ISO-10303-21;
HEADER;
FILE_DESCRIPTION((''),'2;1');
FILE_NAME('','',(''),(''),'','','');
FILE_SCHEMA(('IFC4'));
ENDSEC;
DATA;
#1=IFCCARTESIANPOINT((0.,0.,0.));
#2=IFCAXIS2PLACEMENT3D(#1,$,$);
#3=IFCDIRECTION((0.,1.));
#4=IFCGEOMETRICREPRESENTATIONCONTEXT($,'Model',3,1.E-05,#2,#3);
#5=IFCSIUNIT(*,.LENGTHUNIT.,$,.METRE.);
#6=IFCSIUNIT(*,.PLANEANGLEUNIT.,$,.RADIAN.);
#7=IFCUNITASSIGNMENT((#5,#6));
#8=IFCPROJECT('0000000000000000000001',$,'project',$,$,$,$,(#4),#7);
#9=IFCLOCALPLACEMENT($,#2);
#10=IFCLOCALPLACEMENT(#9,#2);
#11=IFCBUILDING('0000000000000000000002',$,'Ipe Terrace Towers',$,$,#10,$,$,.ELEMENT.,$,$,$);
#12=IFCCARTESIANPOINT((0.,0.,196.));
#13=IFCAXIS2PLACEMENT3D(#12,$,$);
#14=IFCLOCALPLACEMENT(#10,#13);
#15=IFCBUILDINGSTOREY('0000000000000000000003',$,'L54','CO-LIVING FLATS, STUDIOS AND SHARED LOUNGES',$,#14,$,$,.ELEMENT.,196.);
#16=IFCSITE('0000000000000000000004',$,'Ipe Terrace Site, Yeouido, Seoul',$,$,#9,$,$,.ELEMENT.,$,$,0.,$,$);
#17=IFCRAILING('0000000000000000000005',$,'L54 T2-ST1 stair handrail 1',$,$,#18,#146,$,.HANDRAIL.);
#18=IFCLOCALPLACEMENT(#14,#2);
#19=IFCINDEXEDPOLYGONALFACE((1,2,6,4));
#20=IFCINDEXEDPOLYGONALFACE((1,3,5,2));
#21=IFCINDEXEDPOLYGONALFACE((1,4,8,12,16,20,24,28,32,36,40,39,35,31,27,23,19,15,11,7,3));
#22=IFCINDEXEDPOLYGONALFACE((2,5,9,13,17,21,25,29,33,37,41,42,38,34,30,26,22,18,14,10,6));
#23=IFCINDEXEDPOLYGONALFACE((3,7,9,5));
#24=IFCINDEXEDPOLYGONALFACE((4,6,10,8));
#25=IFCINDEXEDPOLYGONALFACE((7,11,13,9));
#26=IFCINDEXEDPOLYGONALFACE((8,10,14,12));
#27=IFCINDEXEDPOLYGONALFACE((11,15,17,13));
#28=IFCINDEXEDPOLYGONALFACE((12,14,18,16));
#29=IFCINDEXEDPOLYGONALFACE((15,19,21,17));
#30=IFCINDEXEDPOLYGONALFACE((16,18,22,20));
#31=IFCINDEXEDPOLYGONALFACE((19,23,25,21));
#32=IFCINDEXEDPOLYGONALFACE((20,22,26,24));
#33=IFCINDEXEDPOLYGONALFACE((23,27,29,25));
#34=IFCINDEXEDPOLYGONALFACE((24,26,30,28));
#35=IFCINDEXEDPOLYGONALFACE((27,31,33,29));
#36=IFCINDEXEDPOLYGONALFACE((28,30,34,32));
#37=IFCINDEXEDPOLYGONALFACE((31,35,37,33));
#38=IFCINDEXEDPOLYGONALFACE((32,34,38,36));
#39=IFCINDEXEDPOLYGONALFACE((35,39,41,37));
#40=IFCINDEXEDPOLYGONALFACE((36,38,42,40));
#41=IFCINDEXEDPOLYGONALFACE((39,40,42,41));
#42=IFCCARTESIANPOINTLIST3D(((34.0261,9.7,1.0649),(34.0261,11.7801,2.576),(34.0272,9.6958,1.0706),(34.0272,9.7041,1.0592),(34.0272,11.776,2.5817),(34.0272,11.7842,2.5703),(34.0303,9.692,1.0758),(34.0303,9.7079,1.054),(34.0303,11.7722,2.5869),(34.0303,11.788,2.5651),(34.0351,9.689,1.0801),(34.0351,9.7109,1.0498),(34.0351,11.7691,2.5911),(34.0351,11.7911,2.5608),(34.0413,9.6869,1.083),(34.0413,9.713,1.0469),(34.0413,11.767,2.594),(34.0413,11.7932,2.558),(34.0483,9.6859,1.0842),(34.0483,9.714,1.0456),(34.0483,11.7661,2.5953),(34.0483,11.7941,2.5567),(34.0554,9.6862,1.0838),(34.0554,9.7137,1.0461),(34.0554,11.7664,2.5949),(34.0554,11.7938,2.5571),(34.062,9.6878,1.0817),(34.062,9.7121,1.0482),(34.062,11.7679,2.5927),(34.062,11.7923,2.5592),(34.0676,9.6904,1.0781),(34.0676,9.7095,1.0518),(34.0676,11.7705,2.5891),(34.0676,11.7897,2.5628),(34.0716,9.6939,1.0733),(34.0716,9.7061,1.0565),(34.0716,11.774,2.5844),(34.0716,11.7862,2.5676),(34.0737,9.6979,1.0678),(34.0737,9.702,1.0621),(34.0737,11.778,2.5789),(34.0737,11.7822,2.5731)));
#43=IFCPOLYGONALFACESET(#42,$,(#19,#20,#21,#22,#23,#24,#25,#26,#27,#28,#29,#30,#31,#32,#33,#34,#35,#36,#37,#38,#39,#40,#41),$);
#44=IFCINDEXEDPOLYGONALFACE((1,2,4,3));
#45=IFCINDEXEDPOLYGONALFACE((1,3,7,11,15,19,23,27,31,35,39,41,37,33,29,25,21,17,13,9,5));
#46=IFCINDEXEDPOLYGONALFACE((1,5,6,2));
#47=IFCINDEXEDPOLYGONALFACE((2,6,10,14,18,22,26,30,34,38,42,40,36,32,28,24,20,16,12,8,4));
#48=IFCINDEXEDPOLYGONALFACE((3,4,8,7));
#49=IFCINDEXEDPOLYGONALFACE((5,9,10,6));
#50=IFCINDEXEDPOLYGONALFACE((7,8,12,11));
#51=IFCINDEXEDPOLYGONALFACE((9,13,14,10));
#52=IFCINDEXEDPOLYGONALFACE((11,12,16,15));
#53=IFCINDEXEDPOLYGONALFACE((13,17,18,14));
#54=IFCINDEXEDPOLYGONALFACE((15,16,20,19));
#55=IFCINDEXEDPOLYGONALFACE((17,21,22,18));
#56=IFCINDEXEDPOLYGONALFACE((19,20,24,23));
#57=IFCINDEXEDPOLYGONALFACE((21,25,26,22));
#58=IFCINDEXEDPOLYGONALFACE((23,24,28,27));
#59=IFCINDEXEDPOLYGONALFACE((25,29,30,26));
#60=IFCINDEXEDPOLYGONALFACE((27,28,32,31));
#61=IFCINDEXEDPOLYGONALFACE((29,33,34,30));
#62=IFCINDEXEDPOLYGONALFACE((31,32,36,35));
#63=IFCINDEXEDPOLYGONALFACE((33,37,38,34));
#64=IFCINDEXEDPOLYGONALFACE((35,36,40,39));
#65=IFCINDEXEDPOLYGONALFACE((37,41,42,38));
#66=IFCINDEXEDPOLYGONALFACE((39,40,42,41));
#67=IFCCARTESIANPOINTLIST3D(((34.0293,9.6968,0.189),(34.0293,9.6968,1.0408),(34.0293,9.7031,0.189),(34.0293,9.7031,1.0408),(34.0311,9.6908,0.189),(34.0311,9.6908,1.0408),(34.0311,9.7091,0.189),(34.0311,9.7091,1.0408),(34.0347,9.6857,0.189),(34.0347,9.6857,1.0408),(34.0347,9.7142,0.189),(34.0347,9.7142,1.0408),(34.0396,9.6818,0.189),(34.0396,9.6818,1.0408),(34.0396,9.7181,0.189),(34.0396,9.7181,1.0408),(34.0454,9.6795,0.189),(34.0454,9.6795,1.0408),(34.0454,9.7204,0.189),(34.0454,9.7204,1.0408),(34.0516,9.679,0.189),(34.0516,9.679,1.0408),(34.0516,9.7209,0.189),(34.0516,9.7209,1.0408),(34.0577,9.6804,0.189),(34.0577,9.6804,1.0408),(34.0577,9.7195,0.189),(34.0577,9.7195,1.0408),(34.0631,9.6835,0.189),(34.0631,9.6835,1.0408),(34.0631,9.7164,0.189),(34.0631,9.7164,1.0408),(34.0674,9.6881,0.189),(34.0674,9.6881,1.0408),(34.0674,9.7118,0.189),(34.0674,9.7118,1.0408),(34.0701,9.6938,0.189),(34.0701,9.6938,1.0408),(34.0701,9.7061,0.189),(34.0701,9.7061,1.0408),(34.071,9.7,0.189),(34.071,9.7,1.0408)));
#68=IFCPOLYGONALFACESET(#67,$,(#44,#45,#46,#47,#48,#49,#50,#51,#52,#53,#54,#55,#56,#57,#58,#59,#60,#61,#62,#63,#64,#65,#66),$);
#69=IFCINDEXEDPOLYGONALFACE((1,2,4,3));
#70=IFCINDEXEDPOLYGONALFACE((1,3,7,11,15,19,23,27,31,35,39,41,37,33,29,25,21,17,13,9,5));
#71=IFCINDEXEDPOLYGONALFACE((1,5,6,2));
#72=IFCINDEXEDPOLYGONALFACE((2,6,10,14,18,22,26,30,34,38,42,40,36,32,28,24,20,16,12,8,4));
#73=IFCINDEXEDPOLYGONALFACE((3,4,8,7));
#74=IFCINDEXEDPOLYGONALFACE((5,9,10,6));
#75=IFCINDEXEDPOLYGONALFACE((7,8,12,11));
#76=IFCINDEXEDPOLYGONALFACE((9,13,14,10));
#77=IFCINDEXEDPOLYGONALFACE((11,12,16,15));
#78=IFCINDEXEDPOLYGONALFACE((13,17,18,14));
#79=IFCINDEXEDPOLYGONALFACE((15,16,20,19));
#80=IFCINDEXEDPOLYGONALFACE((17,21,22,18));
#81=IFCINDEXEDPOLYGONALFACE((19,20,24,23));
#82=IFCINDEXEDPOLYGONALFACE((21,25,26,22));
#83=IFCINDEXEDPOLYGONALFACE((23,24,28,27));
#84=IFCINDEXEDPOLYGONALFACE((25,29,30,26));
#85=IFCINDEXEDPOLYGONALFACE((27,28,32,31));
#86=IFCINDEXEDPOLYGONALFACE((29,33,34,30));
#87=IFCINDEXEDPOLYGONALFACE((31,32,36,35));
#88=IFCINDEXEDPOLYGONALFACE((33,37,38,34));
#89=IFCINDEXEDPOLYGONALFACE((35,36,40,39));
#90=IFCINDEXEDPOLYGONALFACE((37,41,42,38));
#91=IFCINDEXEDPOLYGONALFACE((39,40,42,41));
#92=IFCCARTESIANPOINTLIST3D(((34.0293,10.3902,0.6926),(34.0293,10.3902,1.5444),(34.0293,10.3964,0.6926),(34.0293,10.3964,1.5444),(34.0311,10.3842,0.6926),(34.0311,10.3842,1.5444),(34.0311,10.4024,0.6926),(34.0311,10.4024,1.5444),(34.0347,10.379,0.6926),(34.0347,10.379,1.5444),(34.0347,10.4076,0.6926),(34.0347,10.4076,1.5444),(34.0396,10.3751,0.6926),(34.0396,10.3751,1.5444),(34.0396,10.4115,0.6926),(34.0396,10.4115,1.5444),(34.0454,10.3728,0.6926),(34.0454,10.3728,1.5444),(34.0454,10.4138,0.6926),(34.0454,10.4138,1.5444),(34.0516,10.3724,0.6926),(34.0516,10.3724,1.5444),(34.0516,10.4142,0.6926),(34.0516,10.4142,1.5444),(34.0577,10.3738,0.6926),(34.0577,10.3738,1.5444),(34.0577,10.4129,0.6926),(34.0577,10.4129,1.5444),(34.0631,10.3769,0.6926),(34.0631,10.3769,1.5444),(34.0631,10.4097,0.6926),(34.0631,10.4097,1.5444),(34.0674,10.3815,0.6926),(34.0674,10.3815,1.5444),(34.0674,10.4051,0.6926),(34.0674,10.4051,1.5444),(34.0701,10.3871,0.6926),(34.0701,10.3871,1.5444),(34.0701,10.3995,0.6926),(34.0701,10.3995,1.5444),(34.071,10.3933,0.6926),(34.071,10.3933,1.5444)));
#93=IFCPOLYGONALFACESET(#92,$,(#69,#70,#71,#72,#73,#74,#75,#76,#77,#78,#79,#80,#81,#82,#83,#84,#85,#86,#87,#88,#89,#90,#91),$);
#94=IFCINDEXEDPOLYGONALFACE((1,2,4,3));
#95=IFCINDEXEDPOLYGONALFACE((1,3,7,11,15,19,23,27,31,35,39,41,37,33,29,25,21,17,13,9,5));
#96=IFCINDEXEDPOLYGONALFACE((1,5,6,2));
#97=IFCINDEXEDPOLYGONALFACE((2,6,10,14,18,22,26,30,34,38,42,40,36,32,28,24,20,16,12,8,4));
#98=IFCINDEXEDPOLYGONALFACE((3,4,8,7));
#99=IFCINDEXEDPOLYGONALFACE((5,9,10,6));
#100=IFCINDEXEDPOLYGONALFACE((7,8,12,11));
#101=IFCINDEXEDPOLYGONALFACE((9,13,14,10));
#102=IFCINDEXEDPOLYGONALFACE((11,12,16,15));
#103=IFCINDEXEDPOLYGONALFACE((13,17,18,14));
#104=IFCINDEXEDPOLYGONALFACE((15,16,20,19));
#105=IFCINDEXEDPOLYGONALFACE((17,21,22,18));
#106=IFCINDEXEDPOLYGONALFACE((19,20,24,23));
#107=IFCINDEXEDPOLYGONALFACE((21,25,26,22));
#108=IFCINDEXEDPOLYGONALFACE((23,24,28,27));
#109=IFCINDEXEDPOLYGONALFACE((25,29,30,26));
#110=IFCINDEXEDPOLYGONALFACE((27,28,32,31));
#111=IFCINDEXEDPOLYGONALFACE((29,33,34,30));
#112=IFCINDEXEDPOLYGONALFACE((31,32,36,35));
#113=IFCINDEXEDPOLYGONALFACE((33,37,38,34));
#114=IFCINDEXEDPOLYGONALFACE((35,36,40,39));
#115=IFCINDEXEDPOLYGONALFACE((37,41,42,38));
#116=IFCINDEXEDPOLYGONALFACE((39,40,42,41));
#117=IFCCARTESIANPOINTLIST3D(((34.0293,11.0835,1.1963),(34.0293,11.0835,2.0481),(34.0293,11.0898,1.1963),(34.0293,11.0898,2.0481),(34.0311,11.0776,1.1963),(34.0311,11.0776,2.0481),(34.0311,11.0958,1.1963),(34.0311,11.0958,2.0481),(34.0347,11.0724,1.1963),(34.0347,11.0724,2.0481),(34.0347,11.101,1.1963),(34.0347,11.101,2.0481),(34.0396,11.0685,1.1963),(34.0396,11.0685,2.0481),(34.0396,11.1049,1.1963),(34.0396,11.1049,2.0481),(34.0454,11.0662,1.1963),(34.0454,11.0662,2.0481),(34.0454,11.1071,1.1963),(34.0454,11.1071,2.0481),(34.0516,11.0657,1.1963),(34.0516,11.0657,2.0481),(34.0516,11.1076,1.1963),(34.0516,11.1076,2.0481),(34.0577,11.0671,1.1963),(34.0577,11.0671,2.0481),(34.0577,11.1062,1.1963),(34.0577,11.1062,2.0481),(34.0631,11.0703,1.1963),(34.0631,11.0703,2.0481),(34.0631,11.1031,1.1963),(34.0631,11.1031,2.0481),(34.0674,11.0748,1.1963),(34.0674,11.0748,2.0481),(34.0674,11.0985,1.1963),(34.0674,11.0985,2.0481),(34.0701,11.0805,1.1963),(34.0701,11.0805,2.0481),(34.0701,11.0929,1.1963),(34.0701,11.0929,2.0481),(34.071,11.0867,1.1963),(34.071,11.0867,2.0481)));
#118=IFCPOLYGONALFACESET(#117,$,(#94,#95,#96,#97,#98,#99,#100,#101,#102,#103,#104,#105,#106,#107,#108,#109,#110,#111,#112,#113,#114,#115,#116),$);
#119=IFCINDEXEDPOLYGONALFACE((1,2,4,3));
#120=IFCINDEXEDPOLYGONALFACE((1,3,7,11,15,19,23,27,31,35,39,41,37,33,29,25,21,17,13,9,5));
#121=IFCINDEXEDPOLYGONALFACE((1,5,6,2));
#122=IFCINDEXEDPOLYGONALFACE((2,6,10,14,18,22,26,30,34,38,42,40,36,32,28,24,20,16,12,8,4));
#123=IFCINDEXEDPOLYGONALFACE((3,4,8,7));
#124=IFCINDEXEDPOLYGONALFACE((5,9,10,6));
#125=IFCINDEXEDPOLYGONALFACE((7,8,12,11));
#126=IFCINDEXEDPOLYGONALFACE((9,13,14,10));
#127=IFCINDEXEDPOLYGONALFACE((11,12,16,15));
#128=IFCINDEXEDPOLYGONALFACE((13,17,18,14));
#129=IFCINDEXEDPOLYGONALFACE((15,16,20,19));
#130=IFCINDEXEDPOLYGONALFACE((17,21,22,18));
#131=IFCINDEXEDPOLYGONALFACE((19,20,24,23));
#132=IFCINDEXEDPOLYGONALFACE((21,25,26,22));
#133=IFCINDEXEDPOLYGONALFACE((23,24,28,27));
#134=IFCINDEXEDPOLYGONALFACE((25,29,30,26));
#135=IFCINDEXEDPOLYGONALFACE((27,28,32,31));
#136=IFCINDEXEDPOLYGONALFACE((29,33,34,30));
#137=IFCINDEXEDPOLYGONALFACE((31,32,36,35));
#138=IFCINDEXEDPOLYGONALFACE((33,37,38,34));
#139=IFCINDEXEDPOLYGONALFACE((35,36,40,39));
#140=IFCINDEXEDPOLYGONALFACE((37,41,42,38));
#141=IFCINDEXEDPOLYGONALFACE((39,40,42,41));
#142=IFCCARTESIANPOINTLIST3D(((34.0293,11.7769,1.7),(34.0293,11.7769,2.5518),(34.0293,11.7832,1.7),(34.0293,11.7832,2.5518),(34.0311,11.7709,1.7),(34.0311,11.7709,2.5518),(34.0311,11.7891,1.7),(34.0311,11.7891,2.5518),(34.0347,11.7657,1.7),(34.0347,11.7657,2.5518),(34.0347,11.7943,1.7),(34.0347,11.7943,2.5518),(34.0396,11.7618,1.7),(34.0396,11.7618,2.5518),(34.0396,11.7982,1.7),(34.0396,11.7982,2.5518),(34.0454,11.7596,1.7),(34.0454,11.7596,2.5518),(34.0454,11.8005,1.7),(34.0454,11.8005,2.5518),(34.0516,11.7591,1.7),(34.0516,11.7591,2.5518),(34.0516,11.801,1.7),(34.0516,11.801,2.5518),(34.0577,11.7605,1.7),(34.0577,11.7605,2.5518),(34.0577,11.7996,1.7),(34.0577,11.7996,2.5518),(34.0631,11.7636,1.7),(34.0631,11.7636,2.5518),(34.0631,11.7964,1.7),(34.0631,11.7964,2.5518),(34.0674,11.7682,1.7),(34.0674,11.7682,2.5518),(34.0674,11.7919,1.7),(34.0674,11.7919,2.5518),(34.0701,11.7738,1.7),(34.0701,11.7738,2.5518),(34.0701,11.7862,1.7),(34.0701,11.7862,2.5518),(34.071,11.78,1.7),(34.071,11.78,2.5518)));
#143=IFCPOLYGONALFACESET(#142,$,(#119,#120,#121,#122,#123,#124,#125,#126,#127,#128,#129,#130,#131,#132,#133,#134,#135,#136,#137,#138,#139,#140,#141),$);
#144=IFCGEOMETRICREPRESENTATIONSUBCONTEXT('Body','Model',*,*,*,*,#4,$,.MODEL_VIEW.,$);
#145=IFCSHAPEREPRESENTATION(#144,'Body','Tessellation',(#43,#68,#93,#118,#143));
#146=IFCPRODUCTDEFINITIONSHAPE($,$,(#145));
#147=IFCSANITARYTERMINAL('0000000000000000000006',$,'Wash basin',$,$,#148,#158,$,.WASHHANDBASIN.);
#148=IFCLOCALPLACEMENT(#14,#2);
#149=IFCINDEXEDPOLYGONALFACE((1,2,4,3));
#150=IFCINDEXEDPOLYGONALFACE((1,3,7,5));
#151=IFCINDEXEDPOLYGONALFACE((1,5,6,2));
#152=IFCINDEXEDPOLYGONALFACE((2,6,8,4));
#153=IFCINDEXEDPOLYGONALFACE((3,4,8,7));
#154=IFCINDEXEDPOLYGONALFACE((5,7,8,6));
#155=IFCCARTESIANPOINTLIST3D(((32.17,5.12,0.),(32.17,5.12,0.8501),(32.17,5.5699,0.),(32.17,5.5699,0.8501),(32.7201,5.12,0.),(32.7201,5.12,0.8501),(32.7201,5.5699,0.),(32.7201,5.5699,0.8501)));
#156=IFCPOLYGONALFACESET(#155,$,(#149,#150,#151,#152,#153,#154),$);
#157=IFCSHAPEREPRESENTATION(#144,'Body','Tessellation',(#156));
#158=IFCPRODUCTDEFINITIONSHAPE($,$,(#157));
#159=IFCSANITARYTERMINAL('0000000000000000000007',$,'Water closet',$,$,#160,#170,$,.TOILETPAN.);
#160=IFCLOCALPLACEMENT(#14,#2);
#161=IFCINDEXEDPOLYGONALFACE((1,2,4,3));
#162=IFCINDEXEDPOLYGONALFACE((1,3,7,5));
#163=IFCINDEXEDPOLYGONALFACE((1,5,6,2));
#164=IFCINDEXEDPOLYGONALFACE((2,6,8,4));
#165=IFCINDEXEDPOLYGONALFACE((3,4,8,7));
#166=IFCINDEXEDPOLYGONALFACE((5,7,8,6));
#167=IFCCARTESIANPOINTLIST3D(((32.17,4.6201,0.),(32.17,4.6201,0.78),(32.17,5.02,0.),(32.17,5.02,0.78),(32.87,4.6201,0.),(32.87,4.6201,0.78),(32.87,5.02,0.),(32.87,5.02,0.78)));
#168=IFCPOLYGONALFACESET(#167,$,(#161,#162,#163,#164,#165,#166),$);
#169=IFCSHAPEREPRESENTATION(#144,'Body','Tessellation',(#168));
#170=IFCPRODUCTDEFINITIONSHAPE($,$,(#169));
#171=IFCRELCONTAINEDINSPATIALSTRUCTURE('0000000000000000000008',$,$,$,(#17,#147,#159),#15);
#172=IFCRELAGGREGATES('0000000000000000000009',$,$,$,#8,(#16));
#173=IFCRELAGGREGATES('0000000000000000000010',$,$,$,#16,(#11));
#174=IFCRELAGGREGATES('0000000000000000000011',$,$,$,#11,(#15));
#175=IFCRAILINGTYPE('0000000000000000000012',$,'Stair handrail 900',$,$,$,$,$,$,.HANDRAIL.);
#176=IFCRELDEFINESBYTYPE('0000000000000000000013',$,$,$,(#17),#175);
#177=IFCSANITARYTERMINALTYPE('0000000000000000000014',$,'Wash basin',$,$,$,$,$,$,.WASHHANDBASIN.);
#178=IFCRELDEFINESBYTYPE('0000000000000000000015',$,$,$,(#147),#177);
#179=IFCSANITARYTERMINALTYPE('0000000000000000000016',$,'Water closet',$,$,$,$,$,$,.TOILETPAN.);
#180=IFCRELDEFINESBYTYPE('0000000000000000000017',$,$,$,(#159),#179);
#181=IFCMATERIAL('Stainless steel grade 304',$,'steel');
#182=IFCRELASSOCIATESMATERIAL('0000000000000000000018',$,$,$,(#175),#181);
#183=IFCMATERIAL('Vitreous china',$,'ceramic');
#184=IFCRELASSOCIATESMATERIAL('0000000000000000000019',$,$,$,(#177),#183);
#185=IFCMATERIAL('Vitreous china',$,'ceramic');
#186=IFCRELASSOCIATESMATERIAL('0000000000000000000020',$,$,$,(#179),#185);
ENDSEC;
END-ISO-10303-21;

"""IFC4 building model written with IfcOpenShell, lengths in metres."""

from ifc_helpers import new_model, si_unit, direction, frame, origin, origin_2d, place, context, subcontext, project, spatial, rectangle, circle, extrude, material, type_object, element, save


model = new_model("IFC4")

# Units and contexts
model_context = context("Model", 3, precision=1e-05, world=origin(), true_north=direction((0.0, 1.0)))
body_context = subcontext(model_context, "Body", "Model", "MODEL_VIEW")
ifc_project = project(units=[si_unit("LENGTHUNIT", "METRE"), si_unit("PLANEANGLEUNIT", "RADIAN")], contexts=[model_context])

# Site, building, storey
site_placement = place(None, origin())
site = spatial("IfcSite", under=ifc_project, at=site_placement, Name="Ipe Terrace Site, Yeouido, Seoul", CompositionType="ELEMENT", RefElevation=0.0)
building_placement = place(site_placement, origin())
building = spatial("IfcBuilding", under=site, at=building_placement, Name="Ipe Terrace Towers", CompositionType="ELEMENT")
storey_placement = place(building_placement, frame((0.0, 0.0, 196.0)))
storey = spatial("IfcBuildingStorey", under=building, at=storey_placement, Name="L54", Description="CO-LIVING FLATS, STUDIOS AND SHARED LOUNGES", CompositionType="ELEMENT", Elevation=196.0)

# Railing
ifc_material_1 = material(Name="Stainless steel grade 304", Category="steel")
railing_type_1 = type_object("IfcRailingType", Name="Stair handrail 900", PredefinedType="HANDRAIL", material=ifc_material_1)
railing_1_placement = place(storey_placement, frame((34.05, 9.7, 0.189)))
element("IfcRailing", 1, at=railing_1_placement, inside=storey, type_object=railing_type_1, Name="L54 T2-ST1 stair handrail 1", PredefinedType="HANDRAIL", context=body_context, shape_type="SweptSolid", body=[
    extrude(circle(Radius=0.0239, at=origin_2d()), frame((0.0, 0.0, 0.876), z_axis=(0.0, 0.809069, 0.587714), x_axis=(-1.0, 0.0, 0.0)), (0.0, 0.0, 1.0), 2.571),
    extrude(circle(Radius=0.021, at=origin_2d()), origin(), (0.0, 0.0, 1.0), 0.8518),
    extrude(circle(Radius=0.021, at=origin_2d()), frame((0.0, 0.6934, 0.5037)), (0.0, 0.0, 1.0), 0.8518),
    extrude(circle(Radius=0.021, at=origin_2d()), frame((0.0, 1.3867, 1.0073)), (0.0, 0.0, 1.0), 0.8518),
    extrude(circle(Radius=0.021, at=origin_2d()), frame((0.0, 2.0801, 1.511)), (0.0, 0.0, 1.0), 0.8518),
])

# Sanitary terminals
ifc_material_2 = material(Name="Vitreous china", Category="ceramic")
sanitary_terminal_type_1 = type_object("IfcSanitaryTerminalType", Name="Wash basin", PredefinedType="WASHHANDBASIN", material=ifc_material_2)
sanitary_terminal_1_placement = place(storey_placement, frame((32.4451, 5.345, 0.0), z_axis=(0.0, 0.0, 1.0), x_axis=(1.0, 0.0, 0.0)))
element("IfcSanitaryTerminal", 2, at=sanitary_terminal_1_placement, inside=storey, type_object=sanitary_terminal_type_1, Name="Wash basin", PredefinedType="WASHHANDBASIN", context=body_context, shape_type="SweptSolid", body=[
    extrude(rectangle(XDim=0.55, YDim=0.45, at=origin_2d()), origin(), (0.0, 0.0, 1.0), 0.8501),
])
ifc_material_3 = material(Name="Vitreous china", Category="ceramic")
sanitary_terminal_type_2 = type_object("IfcSanitaryTerminalType", Name="Water closet", PredefinedType="TOILETPAN", material=ifc_material_3)
sanitary_terminal_2_placement = place(storey_placement, frame((32.52, 4.8201, 0.0), z_axis=(0.0, 0.0, 1.0), x_axis=(1.0, 0.0, 0.0)))
element("IfcSanitaryTerminal", 3, at=sanitary_terminal_2_placement, inside=storey, type_object=sanitary_terminal_type_2, Name="Water closet", PredefinedType="TOILETPAN", context=body_context, shape_type="SweptSolid", body=[
    extrude(rectangle(XDim=0.7, YDim=0.3999, at=origin_2d()), origin(), (0.0, 0.0, 1.0), 0.78),
])

save(model, "model.ifc")
